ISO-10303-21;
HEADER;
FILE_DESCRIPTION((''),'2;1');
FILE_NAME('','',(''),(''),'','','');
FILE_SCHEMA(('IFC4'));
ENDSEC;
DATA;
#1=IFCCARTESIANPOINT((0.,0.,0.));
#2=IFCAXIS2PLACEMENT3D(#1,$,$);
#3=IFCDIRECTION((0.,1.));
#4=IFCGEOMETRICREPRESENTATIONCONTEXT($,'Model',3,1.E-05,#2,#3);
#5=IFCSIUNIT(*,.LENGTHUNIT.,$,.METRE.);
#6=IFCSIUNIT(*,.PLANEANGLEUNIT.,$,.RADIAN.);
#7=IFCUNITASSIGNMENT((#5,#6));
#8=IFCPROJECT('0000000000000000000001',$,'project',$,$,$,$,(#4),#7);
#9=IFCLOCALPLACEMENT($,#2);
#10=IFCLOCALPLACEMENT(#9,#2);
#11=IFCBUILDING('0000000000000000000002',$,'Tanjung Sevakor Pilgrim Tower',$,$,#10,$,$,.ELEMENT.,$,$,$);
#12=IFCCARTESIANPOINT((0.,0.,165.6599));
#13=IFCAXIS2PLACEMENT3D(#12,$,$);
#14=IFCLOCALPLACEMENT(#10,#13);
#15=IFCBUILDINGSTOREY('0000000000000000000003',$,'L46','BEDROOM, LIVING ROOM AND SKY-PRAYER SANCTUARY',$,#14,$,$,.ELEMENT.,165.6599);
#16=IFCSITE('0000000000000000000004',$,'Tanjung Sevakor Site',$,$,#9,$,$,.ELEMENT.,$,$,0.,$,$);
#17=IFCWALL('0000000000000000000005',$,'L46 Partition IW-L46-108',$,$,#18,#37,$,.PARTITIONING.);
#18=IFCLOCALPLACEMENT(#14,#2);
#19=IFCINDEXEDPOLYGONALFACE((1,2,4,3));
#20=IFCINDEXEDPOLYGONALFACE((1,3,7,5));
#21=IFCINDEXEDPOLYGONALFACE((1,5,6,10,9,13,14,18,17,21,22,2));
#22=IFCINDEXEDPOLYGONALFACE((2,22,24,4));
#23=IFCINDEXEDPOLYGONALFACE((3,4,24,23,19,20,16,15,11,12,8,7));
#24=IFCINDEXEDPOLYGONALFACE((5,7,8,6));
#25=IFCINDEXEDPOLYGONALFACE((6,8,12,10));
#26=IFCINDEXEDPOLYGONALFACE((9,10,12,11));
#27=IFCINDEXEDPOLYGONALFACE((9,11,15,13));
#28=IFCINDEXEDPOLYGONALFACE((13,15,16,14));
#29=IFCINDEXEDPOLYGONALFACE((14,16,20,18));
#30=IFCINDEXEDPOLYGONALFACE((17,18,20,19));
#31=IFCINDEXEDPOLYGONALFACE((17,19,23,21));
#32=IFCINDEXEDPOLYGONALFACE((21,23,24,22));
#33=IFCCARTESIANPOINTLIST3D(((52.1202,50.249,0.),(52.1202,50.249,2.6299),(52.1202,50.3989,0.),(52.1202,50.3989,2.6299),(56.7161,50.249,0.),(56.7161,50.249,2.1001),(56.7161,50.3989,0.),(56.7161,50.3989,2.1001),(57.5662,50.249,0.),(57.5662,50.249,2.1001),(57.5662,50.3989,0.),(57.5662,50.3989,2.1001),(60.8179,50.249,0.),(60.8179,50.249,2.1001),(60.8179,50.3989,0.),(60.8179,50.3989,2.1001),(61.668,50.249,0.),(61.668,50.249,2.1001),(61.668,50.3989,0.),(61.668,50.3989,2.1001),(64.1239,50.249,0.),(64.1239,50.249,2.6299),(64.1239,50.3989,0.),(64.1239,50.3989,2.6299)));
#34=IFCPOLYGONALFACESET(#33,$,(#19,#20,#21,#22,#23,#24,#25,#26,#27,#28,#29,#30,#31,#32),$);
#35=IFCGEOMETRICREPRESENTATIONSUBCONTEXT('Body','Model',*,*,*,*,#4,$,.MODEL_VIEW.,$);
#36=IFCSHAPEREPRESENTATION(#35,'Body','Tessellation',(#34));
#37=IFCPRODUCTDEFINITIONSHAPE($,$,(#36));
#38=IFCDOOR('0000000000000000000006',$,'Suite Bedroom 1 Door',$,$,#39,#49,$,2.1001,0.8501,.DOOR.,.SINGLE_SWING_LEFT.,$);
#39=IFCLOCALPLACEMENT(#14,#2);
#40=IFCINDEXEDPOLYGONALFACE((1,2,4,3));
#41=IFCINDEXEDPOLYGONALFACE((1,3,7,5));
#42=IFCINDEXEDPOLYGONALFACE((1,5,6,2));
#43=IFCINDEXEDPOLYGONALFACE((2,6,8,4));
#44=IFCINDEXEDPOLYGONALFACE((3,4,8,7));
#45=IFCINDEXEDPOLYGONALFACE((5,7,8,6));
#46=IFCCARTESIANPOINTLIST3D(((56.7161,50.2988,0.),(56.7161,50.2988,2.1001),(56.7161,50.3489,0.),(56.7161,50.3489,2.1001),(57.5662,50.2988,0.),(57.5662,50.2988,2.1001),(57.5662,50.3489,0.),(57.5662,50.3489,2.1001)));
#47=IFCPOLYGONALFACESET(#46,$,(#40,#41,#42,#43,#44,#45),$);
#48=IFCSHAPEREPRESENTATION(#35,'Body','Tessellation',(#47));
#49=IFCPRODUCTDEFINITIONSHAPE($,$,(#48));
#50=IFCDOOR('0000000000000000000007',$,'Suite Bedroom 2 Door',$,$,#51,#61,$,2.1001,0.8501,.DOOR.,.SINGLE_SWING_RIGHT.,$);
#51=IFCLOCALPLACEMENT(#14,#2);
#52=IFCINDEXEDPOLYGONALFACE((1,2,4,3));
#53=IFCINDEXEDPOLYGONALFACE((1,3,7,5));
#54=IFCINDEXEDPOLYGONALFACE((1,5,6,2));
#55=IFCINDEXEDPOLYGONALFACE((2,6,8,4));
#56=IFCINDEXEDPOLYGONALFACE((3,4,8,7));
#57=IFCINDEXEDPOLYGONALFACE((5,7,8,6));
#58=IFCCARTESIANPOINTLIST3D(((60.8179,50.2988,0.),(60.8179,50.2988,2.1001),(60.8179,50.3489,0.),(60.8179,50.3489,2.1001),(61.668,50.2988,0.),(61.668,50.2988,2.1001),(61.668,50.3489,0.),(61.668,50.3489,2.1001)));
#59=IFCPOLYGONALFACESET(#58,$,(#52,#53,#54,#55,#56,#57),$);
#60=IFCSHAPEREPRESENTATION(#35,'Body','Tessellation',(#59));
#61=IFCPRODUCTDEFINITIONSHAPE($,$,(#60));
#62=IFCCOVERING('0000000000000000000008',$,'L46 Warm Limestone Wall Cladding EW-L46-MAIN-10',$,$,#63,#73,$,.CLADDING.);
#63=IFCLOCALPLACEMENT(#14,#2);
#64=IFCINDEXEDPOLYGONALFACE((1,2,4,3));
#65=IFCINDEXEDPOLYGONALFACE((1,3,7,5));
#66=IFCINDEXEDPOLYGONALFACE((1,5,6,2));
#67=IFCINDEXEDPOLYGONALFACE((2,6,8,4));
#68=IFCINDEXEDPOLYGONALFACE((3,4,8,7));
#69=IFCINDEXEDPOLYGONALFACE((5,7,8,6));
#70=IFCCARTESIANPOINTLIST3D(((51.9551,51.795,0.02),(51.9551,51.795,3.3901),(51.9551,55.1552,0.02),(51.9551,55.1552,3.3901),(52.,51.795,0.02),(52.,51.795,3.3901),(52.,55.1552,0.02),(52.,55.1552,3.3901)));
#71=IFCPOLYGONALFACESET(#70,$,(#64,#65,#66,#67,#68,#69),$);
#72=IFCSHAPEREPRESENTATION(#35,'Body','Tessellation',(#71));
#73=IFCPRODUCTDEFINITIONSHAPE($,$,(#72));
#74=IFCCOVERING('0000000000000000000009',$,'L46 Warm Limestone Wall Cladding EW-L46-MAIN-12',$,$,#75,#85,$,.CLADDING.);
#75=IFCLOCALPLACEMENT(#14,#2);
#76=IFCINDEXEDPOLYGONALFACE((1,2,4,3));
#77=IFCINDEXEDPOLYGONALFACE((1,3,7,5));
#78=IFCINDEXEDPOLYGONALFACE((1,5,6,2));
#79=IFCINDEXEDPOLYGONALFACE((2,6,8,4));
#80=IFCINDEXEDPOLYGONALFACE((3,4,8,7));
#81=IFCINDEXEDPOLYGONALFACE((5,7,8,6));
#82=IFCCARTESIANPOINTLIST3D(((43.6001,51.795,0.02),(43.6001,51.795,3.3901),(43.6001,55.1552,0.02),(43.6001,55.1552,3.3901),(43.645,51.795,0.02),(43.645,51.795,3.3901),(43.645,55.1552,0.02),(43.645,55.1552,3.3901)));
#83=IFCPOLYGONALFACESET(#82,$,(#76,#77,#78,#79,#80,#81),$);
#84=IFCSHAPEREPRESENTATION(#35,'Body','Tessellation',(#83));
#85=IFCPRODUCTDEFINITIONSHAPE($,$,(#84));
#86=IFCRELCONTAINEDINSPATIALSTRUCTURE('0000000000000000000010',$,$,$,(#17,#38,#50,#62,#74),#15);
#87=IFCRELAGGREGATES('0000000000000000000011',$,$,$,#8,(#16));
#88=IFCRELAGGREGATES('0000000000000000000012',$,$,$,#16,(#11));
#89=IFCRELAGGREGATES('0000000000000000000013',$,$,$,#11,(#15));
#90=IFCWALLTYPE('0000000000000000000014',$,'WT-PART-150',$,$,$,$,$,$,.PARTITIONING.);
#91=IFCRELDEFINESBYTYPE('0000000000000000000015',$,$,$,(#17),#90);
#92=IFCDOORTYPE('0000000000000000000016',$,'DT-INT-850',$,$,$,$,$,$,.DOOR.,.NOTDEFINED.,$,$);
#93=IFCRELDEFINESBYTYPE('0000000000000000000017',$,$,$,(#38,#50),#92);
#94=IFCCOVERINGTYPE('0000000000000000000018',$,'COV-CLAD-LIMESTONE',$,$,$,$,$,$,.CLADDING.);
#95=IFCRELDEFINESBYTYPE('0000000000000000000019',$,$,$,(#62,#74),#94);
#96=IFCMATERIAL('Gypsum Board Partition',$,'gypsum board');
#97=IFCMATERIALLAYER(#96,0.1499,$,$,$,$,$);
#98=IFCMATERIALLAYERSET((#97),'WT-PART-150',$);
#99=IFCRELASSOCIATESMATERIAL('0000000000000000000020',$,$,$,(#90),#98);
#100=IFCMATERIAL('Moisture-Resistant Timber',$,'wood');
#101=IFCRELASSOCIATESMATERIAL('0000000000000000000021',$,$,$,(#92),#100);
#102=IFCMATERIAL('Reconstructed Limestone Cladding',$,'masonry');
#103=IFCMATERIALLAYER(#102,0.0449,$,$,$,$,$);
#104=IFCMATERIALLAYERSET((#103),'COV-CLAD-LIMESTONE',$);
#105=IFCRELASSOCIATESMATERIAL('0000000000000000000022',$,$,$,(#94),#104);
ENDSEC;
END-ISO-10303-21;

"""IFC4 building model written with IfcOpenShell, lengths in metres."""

from ifc_helpers import new_model, si_unit, direction, frame, frame_2d, origin, origin_2d, place, context, subcontext, project, spatial, rectangle, extrude, material, layer, layer_set, type_object, element, fill, save


model = new_model("IFC4")

# Units and contexts
model_context = context("Model", 3, precision=1e-05, world=origin(), true_north=direction((0.0, 1.0)))
body_context = subcontext(model_context, "Body", "Model", "MODEL_VIEW")
ifc_project = project(units=[si_unit("LENGTHUNIT", "METRE"), si_unit("PLANEANGLEUNIT", "RADIAN")], contexts=[model_context])

# Site, building, storey
site_placement = place(None, origin())
site = spatial("IfcSite", under=ifc_project, at=site_placement, Name="Tanjung Sevakor Site", CompositionType="ELEMENT", RefElevation=0.0)
building_placement = place(site_placement, origin())
building = spatial("IfcBuilding", under=site, at=building_placement, Name="Tanjung Sevakor Pilgrim Tower", CompositionType="ELEMENT")
storey_placement = place(building_placement, frame((0.0, 0.0, 165.6599)))
storey = spatial("IfcBuildingStorey", under=building, at=storey_placement, Name="L46", Description="BEDROOM, LIVING ROOM AND SKY-PRAYER SANCTUARY", CompositionType="ELEMENT", Elevation=165.6599)

# Shared definitions
ifc_material_1 = material(Name="Gypsum Board Partition", Category="gypsum board")
ifc_layer_1 = layer(ifc_material_1, 0.1499)
ifc_layer_set_1 = layer_set([ifc_layer_1], Name="WT-PART-150")
wall_type_1 = type_object("IfcWallType", Name="WT-PART-150", PredefinedType="PARTITIONING", material=ifc_layer_set_1)

# Wall, openings, doors
wall_1_placement = place(storey_placement, frame((52.1201, 50.324, 0.0), z_axis=(0.0, 0.0, 1.0), x_axis=(1.0, 0.0, 0.0)))
wall_1 = element("IfcWall", 1, at=wall_1_placement, inside=storey, type_object=wall_type_1, Name="L46 Partition IW-L46-108", PredefinedType="PARTITIONING", context=body_context, shape_type="SweptSolid", body=[
    extrude(rectangle(XDim=12.0037, YDim=0.1499, at=frame_2d((6.002, 0.0))), origin(), (0.0, 0.0, 1.0), 2.6299),
])
opening_1_placement = place(wall_1_placement, frame((4.5959, 0.0, 0.0)))
opening_1 = element("IfcOpeningElement", 2, at=opening_1_placement, cuts=wall_1, PredefinedType="OPENING", context=body_context, shape_type="SweptSolid", body=[
    extrude(rectangle(XDim=0.8501, YDim=2.1001, at=frame_2d((0.425, 1.05))), frame((0.0, 0.085, 0.0), z_axis=(0.0, -1.0, 0.0), x_axis=(1.0, 0.0, 0.0)), (0.0, 0.0, 1.0), 0.1699),
])
opening_2_placement = place(wall_1_placement, frame((8.6978, 0.0, 0.0)))
opening_2 = element("IfcOpeningElement", 3, at=opening_2_placement, cuts=wall_1, PredefinedType="OPENING", context=body_context, shape_type="SweptSolid", body=[
    extrude(rectangle(XDim=0.8501, YDim=2.1001, at=frame_2d((0.425, 1.05))), frame((0.0, 0.085, 0.0), z_axis=(0.0, -1.0, 0.0), x_axis=(1.0, 0.0, 0.0)), (0.0, 0.0, 1.0), 0.1699),
])
ifc_material_2 = material(Name="Moisture-Resistant Timber", Category="wood")
door_type_1 = type_object("IfcDoorType", Name="DT-INT-850", OperationType="NOTDEFINED", PredefinedType="DOOR", material=ifc_material_2)
door_1_placement = place(opening_1_placement, origin())
door_1 = element("IfcDoor", 4, at=door_1_placement, inside=storey, type_object=door_type_1, Name="Suite Bedroom 1 Door", OperationType="SINGLE_SWING_LEFT", OverallHeight=2.1001, OverallWidth=0.8501, PredefinedType="DOOR", context=body_context, shape_type="SweptSolid", body=[
    extrude(rectangle(XDim=0.8501, YDim=2.1001, at=frame_2d((0.425, 1.05))), frame((0.0, 0.0249, 0.0), z_axis=(0.0, -1.0, 0.0), x_axis=(1.0, 0.0, 0.0)), (0.0, 0.0, 1.0), 0.05),
])
fill(opening_1, door_1)
door_2_placement = place(opening_2_placement, origin())
door_2 = element("IfcDoor", 5, at=door_2_placement, inside=storey, type_object=door_type_1, Name="Suite Bedroom 2 Door", OperationType="SINGLE_SWING_RIGHT", OverallHeight=2.1001, OverallWidth=0.8501, PredefinedType="DOOR", context=body_context, shape_type="SweptSolid", body=[
    extrude(rectangle(XDim=0.8501, YDim=2.1001, at=frame_2d((0.425, 1.05))), frame((0.0, 0.0249, 0.0), z_axis=(0.0, -1.0, 0.0), x_axis=(1.0, 0.0, 0.0)), (0.0, 0.0, 1.0), 0.05),
])
fill(opening_2, door_2)

# Coverings
ifc_material_3 = material(Name="Reconstructed Limestone Cladding", Category="masonry")
ifc_layer_2 = layer(ifc_material_3, 0.0449)
ifc_layer_set_2 = layer_set([ifc_layer_2], Name="COV-CLAD-LIMESTONE")
covering_type = type_object("IfcCoveringType", Name="COV-CLAD-LIMESTONE", PredefinedType="CLADDING", material=ifc_layer_set_2)
for number, where, z_axis, x_axis, name in (
    (6, (51.9775, 53.4751, 0.02), (0.0, 0.0, 1.0), (0.0, -1.0, 0.0), "L46 Warm Limestone Wall Cladding EW-L46-MAIN-10"),
    (7, (43.6226, 53.4751, 0.02), (0.0, 0.0, 1.0), (0.0, 1.0, 0.0), "L46 Warm Limestone Wall Cladding EW-L46-MAIN-12"),
):
    element("IfcCovering", number, at=place(storey_placement, frame(where, z_axis=z_axis, x_axis=x_axis)), inside=storey, type_object=covering_type, Name=name, PredefinedType="CLADDING", context=body_context, shape_type="SweptSolid", body=[
        extrude(rectangle(XDim=3.3601, YDim=0.0449, at=origin_2d()), origin(), (0.0, 0.0, 1.0), 3.3701),
    ])

save(model, "model.ifc")
